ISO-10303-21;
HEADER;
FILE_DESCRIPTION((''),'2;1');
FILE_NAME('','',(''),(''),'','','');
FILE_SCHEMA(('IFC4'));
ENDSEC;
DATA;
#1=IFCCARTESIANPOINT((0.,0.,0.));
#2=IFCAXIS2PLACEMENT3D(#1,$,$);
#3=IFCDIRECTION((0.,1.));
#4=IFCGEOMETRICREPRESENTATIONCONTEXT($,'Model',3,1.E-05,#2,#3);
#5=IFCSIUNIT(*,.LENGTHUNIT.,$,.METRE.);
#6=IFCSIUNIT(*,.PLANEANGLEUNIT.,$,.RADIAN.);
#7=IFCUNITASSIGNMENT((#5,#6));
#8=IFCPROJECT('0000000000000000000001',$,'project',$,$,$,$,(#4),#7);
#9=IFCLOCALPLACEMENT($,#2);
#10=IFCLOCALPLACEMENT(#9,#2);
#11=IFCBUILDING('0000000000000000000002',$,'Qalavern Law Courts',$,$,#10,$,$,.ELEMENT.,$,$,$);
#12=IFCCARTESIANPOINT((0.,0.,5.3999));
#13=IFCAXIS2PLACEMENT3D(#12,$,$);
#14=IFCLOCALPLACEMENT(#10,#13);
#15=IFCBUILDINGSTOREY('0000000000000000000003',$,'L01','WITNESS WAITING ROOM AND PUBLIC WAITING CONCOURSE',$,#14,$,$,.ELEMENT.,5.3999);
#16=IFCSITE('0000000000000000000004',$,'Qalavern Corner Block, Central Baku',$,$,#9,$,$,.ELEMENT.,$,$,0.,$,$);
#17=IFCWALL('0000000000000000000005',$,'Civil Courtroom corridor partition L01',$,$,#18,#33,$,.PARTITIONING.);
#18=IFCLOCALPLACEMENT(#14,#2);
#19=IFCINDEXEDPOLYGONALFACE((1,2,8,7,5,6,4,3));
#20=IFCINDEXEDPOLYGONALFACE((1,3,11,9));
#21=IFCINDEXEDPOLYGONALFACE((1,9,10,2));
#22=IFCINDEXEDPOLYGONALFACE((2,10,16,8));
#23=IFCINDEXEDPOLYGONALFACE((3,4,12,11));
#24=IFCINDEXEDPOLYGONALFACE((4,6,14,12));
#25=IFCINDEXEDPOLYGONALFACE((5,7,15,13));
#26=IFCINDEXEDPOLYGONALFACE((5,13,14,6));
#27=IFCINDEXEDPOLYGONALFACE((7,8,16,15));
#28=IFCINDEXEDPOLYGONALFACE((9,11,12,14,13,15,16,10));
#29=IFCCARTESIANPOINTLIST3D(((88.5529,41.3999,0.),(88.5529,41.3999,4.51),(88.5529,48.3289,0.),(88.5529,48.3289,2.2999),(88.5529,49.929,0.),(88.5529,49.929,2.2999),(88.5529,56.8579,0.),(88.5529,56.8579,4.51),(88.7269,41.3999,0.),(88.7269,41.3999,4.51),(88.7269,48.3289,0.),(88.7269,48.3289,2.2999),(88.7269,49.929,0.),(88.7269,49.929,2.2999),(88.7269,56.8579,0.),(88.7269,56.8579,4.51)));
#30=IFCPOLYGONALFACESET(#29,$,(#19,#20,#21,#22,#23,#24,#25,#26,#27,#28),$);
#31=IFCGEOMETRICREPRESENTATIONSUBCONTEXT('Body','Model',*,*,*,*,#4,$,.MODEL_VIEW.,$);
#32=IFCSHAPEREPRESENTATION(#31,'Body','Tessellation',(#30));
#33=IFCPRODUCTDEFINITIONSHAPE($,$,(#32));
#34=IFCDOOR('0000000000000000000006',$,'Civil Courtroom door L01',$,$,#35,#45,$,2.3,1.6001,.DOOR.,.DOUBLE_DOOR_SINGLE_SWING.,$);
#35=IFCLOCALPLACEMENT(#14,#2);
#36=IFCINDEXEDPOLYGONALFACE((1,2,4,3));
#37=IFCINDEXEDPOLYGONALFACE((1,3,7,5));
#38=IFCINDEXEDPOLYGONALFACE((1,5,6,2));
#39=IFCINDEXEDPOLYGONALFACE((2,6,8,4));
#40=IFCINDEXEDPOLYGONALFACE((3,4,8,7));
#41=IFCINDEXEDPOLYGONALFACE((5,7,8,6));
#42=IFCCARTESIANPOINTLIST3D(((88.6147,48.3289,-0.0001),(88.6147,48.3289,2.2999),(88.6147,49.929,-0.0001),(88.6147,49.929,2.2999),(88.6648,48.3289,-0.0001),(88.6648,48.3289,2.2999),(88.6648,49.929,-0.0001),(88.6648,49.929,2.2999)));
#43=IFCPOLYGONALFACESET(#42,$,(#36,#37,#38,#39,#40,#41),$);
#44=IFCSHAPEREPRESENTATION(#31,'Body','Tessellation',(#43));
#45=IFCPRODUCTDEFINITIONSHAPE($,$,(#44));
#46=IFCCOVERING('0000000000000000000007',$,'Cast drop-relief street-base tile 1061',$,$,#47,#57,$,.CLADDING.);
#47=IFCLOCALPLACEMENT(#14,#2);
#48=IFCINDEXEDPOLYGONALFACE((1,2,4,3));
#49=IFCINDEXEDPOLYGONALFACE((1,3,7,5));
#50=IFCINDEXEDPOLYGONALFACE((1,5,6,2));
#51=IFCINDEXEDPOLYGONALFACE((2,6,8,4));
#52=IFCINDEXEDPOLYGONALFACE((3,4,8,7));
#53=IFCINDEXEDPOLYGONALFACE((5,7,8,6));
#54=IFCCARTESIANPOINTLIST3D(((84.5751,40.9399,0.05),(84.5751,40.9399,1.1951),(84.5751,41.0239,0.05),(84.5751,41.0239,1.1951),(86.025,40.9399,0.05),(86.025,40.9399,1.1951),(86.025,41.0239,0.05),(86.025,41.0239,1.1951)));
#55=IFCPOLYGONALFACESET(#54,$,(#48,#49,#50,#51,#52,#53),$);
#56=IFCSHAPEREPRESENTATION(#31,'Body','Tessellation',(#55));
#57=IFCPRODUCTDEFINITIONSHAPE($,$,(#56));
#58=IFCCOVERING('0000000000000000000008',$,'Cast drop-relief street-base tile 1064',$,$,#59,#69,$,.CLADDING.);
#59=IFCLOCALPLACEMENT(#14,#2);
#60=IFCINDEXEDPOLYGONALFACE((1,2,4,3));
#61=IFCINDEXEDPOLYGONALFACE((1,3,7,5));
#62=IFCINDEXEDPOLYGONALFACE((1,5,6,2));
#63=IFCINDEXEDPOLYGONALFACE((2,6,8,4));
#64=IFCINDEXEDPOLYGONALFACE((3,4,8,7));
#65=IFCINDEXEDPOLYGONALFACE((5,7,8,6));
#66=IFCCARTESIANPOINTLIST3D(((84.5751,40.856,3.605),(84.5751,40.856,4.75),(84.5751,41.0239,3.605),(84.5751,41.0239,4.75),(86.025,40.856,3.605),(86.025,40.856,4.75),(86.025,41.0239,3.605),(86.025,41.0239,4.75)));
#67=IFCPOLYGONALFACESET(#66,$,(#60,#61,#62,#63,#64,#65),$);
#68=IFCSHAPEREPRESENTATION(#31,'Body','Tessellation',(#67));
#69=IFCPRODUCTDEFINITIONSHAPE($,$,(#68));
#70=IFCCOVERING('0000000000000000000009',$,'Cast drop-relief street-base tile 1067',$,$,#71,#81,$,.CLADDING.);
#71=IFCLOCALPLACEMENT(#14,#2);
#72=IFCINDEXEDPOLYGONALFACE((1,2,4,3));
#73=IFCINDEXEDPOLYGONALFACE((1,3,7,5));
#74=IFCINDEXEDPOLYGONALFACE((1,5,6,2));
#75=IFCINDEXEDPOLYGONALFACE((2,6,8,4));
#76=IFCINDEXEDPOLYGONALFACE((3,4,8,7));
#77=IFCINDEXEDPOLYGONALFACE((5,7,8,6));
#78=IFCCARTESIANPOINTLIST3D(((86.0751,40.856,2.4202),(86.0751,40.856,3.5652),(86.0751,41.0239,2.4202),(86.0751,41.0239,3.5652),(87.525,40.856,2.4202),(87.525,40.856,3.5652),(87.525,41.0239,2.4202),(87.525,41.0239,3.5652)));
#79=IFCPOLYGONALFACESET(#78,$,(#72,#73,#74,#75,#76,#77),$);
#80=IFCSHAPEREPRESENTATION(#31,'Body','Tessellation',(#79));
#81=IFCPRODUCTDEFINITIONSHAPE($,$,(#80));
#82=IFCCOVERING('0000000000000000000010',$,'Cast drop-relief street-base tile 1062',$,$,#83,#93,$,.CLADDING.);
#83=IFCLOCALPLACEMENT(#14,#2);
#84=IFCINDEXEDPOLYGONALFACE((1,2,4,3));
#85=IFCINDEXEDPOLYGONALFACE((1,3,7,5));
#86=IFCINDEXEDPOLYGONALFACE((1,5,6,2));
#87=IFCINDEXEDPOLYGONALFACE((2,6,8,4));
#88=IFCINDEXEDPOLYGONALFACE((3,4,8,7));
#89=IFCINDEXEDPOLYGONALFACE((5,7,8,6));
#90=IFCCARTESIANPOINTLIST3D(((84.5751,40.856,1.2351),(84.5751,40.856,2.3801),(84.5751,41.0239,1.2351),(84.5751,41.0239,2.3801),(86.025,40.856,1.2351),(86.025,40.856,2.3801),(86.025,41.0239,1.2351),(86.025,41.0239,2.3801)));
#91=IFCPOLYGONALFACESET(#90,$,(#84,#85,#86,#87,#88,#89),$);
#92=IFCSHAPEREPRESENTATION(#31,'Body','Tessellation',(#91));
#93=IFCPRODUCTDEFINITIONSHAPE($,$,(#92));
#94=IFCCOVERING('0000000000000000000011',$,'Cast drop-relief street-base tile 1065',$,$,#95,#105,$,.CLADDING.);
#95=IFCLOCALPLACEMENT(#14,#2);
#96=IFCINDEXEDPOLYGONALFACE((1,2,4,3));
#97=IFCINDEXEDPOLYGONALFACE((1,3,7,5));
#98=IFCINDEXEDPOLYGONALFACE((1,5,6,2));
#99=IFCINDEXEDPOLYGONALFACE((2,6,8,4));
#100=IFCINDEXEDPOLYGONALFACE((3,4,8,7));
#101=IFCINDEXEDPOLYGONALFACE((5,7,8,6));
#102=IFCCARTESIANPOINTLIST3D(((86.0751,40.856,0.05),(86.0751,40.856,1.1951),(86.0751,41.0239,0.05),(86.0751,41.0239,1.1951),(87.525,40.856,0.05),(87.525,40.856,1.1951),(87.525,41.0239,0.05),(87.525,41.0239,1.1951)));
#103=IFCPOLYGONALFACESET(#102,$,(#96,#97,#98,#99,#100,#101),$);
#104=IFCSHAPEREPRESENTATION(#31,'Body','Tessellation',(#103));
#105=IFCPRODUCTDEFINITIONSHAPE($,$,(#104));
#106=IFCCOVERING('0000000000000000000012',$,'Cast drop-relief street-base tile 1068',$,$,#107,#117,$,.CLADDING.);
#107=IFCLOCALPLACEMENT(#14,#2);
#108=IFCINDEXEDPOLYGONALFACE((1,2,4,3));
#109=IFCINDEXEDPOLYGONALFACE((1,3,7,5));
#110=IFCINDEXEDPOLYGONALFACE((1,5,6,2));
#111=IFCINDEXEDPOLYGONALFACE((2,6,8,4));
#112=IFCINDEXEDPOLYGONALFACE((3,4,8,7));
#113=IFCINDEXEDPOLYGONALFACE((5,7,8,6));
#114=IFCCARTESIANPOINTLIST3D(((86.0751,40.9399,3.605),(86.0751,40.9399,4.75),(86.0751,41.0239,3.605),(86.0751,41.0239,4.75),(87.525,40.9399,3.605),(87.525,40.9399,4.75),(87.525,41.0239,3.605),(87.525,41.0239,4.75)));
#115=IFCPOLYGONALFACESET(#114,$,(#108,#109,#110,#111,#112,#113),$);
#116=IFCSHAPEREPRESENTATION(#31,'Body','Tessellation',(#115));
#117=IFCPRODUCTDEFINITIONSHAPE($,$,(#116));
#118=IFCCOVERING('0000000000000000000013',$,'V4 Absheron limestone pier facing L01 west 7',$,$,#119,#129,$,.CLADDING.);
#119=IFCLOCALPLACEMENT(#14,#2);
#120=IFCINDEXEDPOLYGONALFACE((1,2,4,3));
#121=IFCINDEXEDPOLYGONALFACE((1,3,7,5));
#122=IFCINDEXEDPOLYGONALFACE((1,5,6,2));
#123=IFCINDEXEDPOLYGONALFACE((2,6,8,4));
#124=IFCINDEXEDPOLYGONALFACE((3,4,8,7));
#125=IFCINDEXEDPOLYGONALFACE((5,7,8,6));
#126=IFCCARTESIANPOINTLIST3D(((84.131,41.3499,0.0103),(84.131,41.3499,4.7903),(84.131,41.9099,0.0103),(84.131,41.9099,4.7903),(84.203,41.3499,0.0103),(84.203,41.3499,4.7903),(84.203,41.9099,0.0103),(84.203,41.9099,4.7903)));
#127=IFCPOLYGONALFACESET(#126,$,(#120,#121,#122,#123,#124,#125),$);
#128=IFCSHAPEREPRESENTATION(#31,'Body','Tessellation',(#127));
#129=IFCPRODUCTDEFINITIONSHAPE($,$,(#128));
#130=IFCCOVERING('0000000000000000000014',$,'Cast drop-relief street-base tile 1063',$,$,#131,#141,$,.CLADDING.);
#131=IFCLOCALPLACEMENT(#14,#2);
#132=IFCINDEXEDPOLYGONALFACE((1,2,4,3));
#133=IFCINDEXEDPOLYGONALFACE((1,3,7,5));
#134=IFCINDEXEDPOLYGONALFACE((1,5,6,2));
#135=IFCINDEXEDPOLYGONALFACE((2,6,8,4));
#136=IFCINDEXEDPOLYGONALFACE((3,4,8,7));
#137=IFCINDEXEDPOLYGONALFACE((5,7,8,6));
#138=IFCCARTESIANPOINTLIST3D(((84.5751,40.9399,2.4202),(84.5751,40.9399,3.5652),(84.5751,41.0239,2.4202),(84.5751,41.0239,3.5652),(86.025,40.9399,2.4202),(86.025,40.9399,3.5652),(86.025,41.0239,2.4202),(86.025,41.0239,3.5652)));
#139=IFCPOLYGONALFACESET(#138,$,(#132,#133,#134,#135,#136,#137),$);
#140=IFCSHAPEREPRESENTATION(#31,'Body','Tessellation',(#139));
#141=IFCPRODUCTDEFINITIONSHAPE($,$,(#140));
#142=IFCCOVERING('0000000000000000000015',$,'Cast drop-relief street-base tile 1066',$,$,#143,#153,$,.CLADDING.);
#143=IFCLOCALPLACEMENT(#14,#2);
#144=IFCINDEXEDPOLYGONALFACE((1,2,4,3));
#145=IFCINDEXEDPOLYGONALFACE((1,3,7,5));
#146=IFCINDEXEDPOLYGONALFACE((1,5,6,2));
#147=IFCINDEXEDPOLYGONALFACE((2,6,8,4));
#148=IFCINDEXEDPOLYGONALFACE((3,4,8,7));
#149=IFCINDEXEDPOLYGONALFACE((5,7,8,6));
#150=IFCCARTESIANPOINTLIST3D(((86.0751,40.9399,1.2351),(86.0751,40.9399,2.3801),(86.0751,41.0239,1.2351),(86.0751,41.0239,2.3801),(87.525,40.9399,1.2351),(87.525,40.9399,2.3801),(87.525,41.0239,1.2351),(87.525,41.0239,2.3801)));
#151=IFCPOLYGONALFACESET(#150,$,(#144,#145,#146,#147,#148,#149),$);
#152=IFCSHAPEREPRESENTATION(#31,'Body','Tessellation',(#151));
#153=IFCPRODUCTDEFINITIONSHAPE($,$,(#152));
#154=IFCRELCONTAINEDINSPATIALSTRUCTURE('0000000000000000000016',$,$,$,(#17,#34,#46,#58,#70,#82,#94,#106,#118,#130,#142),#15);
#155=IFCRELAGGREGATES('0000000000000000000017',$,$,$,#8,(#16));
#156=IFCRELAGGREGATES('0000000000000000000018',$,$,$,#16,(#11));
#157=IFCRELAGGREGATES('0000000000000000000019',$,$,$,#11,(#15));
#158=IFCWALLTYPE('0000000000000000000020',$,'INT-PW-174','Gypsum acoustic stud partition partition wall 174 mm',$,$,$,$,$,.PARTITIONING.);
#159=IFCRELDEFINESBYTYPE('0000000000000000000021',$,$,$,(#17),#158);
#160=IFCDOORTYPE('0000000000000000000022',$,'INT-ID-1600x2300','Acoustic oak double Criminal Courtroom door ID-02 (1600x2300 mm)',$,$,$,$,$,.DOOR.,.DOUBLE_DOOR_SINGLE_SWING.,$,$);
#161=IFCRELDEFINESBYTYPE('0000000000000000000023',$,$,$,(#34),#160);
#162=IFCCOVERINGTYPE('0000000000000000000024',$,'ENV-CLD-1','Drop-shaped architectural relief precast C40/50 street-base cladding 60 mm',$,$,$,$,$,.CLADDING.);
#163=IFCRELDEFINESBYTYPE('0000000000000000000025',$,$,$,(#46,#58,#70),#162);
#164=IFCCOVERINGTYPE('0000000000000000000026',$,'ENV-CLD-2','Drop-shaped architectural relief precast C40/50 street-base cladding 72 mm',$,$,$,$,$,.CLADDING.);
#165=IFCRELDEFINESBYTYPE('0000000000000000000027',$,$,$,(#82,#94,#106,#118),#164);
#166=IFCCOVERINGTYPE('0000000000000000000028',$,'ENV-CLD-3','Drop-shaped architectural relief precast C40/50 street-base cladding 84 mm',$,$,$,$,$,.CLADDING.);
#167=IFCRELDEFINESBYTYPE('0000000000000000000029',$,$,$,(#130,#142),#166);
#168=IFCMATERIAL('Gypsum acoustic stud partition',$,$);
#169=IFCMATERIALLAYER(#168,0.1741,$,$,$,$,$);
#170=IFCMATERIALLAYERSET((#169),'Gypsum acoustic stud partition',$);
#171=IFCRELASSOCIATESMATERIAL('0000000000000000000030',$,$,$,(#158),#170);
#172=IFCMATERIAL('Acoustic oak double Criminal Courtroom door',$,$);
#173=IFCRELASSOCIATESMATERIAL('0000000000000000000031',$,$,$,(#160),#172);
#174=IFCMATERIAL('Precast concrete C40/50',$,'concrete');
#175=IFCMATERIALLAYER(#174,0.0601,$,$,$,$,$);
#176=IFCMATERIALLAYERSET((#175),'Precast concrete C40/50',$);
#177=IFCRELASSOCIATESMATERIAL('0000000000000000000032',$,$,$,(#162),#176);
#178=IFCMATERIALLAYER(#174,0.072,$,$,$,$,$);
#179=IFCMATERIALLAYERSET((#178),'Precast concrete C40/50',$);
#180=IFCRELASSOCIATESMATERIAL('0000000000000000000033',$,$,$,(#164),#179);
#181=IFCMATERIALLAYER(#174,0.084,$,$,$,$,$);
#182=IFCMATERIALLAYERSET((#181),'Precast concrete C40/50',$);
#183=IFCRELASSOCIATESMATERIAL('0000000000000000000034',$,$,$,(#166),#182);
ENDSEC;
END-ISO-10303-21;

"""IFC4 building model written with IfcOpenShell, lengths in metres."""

from ifc_helpers import new_model, si_unit, direction, frame, frame_2d, origin, origin_2d, place, context, subcontext, project, spatial, rectangle, extrude, material, layer, layer_set, type_object, element, fill, save


model = new_model("IFC4")

# Units and contexts
model_context = context("Model", 3, precision=1e-05, world=origin(), true_north=direction((0.0, 1.0)))
body_context = subcontext(model_context, "Body", "Model", "MODEL_VIEW")
ifc_project = project(units=[si_unit("LENGTHUNIT", "METRE"), si_unit("PLANEANGLEUNIT", "RADIAN")], contexts=[model_context])

# Site, building, storey
site_placement = place(None, origin())
site = spatial("IfcSite", under=ifc_project, at=site_placement, Name="Qalavern Corner Block, Central Baku", CompositionType="ELEMENT", RefElevation=0.0)
building_placement = place(site_placement, origin())
building = spatial("IfcBuilding", under=site, at=building_placement, Name="Qalavern Law Courts", CompositionType="ELEMENT")
storey_placement = place(building_placement, frame((0.0, 0.0, 5.3999)))
storey = spatial("IfcBuildingStorey", under=building, at=storey_placement, Name="L01", Description="WITNESS WAITING ROOM AND PUBLIC WAITING CONCOURSE", CompositionType="ELEMENT", Elevation=5.3999)

# Wall, opening, door
ifc_material_1 = material(Name="Gypsum acoustic stud partition")
ifc_layer_1 = layer(ifc_material_1, 0.1741)
ifc_layer_set_1 = layer_set([ifc_layer_1], Name="Gypsum acoustic stud partition")
wall_type_1 = type_object("IfcWallType", Name="INT-PW-174", Description="Gypsum acoustic stud partition partition wall 174 mm", PredefinedType="PARTITIONING", material=ifc_layer_set_1)
wall_1_placement = place(storey_placement, frame((88.6399, 41.3999, 0.0), z_axis=(0.0, 0.0, 1.0), x_axis=(0.0, 1.0, 0.0)))
wall_1 = element("IfcWall", 1, at=wall_1_placement, inside=storey, type_object=wall_type_1, Name="Civil Courtroom corridor partition L01", PredefinedType="PARTITIONING", context=body_context, shape_type="SweptSolid", body=[
    extrude(rectangle(XDim=15.458, YDim=0.1741, at=frame_2d((7.729, 0.0))), origin(), (0.0, 0.0, 1.0), 4.51),
])
opening_placement = place(wall_1_placement, frame((6.929, 0.0, 0.0)))
opening = element("IfcOpeningElement", 2, at=opening_placement, cuts=wall_1, PredefinedType="OPENING", context=body_context, shape_type="SweptSolid", body=[
    extrude(rectangle(XDim=1.6001, YDim=2.3, at=frame_2d((0.8, 1.1499))), frame((0.0, 0.1021, 0.0), z_axis=(0.0, -1.0, 0.0), x_axis=(1.0, 0.0, 0.0)), (0.0, 0.0, 1.0), 0.2039),
])
ifc_material_2 = material(Name="Acoustic oak double Criminal Courtroom door")
door_type = type_object("IfcDoorType", Name="INT-ID-1600x2300", Description="Acoustic oak double Criminal Courtroom door ID-02 (1600x2300 mm)", OperationType="DOUBLE_DOOR_SINGLE_SWING", PredefinedType="DOOR", material=ifc_material_2)
door_placement = place(opening_placement, frame((1.6001, 0.0, 0.0), z_axis=(0.0, 0.0, 1.0), x_axis=(-1.0, 0.0, 0.0)))
door = element("IfcDoor", 3, at=door_placement, inside=storey, type_object=door_type, Name="Civil Courtroom door L01", OperationType="DOUBLE_DOOR_SINGLE_SWING", OverallHeight=2.3, OverallWidth=1.6001, PredefinedType="DOOR", context=body_context, shape_type="SweptSolid", body=[
    extrude(rectangle(XDim=1.6001, YDim=2.3, at=frame_2d((0.8, 1.1499))), frame((0.0, 0.0249, 0.0), z_axis=(0.0, -1.0, 0.0), x_axis=(1.0, 0.0, 0.0)), (0.0, 0.0, 1.0), 0.05),
])
fill(opening, door)

# Coverings
ifc_material_3 = material(Name="Precast concrete C40/50", Category="concrete")
ifc_layer_2 = layer(ifc_material_3, 0.0601)
ifc_layer_set_2 = layer_set([ifc_layer_2], Name="Precast concrete C40/50")
covering_type_1 = type_object("IfcCoveringType", Name="ENV-CLD-1", Description="Drop-shaped architectural relief precast C40/50 street-base cladding 60 mm", PredefinedType="CLADDING", material=ifc_layer_set_2)
covering_1_placement = place(storey_placement, frame((85.3, 40.9819, 0.05), z_axis=(0.0, 0.0, 1.0), x_axis=(1.0, 0.0, 0.0)))
element("IfcCovering", 4, at=covering_1_placement, inside=storey, type_object=covering_type_1, Name="Cast drop-relief street-base tile 1061", PredefinedType="CLADDING", context=body_context, shape_type="SweptSolid", body=[
    extrude(rectangle(XDim=1.45, YDim=0.084, at=origin_2d()), origin(), (0.0, 0.0, 1.0), 1.145),
])
for number, where, z_axis, x_axis, name in (
    (5, (85.3, 40.9399, 3.605), (0.0, 0.0, 1.0), (1.0, 0.0, 0.0), "Cast drop-relief street-base tile 1064"),
    (6, (86.8, 40.9399, 2.4202), (0.0, 0.0, 1.0), (1.0, 0.0, 0.0), "Cast drop-relief street-base tile 1067"),
):
    element("IfcCovering", number, at=place(storey_placement, frame(where, z_axis=z_axis, x_axis=x_axis)), inside=storey, type_object=covering_type_1, Name=name, PredefinedType="CLADDING", context=body_context, shape_type="SweptSolid", body=[
        extrude(rectangle(XDim=1.45, YDim=0.168, at=origin_2d()), origin(), (0.0, 0.0, 1.0), 1.145),
    ])
ifc_layer_3 = layer(ifc_material_3, 0.072)
ifc_layer_set_3 = layer_set([ifc_layer_3], Name="Precast concrete C40/50")
covering_type_2 = type_object("IfcCoveringType", Name="ENV-CLD-2", Description="Drop-shaped architectural relief precast C40/50 street-base cladding 72 mm", PredefinedType="CLADDING", material=ifc_layer_set_3)
for number, where, z_axis, x_axis, name in (
    (7, (85.3, 40.9399, 1.2351), (0.0, 0.0, 1.0), (1.0, 0.0, 0.0), "Cast drop-relief street-base tile 1062"),
    (8, (86.8, 40.9399, 0.05), (0.0, 0.0, 1.0), (1.0, 0.0, 0.0), "Cast drop-relief street-base tile 1065"),
):
    element("IfcCovering", number, at=place(storey_placement, frame(where, z_axis=z_axis, x_axis=x_axis)), inside=storey, type_object=covering_type_2, Name=name, PredefinedType="CLADDING", context=body_context, shape_type="SweptSolid", body=[
        extrude(rectangle(XDim=1.45, YDim=0.168, at=origin_2d()), origin(), (0.0, 0.0, 1.0), 1.145),
    ])
covering_2_placement = place(storey_placement, frame((86.8, 40.9819, 3.605), z_axis=(0.0, 0.0, 1.0), x_axis=(1.0, 0.0, 0.0)))
element("IfcCovering", 9, at=covering_2_placement, inside=storey, type_object=covering_type_2, Name="Cast drop-relief street-base tile 1068", PredefinedType="CLADDING", context=body_context, shape_type="SweptSolid", body=[
    extrude(rectangle(XDim=1.45, YDim=0.084, at=origin_2d()), origin(), (0.0, 0.0, 1.0), 1.145),
])
covering_3_placement = place(storey_placement, frame((84.167, 41.6299, 0.0103), z_axis=(0.0, 0.0, 1.0), x_axis=(0.0, -1.0, 0.0)))
element("IfcCovering", 10, at=covering_3_placement, inside=storey, type_object=covering_type_2, Name="V4 Absheron limestone pier facing L01 west 7", PredefinedType="CLADDING", context=body_context, shape_type="SweptSolid", body=[
    extrude(rectangle(XDim=0.5601, YDim=0.072, at=origin_2d()), origin(), (0.0, 0.0, 1.0), 4.78),
])
ifc_layer_4 = layer(ifc_material_3, 0.084)
ifc_layer_set_4 = layer_set([ifc_layer_4], Name="Precast concrete C40/50")
covering_type_3 = type_object("IfcCoveringType", Name="ENV-CLD-3", Description="Drop-shaped architectural relief precast C40/50 street-base cladding 84 mm", PredefinedType="CLADDING", material=ifc_layer_set_4)
for number, where, z_axis, x_axis, name in (
    (11, (85.3, 40.9819, 2.4202), (0.0, 0.0, 1.0), (1.0, 0.0, 0.0), "Cast drop-relief street-base tile 1063"),
    (12, (86.8, 40.9819, 1.2351), (0.0, 0.0, 1.0), (1.0, 0.0, 0.0), "Cast drop-relief street-base tile 1066"),
):
    element("IfcCovering", number, at=place(storey_placement, frame(where, z_axis=z_axis, x_axis=x_axis)), inside=storey, type_object=covering_type_3, Name=name, PredefinedType="CLADDING", context=body_context, shape_type="SweptSolid", body=[
        extrude(rectangle(XDim=1.45, YDim=0.084, at=origin_2d()), origin(), (0.0, 0.0, 1.0), 1.145),
    ])

save(model, "model.ifc")
